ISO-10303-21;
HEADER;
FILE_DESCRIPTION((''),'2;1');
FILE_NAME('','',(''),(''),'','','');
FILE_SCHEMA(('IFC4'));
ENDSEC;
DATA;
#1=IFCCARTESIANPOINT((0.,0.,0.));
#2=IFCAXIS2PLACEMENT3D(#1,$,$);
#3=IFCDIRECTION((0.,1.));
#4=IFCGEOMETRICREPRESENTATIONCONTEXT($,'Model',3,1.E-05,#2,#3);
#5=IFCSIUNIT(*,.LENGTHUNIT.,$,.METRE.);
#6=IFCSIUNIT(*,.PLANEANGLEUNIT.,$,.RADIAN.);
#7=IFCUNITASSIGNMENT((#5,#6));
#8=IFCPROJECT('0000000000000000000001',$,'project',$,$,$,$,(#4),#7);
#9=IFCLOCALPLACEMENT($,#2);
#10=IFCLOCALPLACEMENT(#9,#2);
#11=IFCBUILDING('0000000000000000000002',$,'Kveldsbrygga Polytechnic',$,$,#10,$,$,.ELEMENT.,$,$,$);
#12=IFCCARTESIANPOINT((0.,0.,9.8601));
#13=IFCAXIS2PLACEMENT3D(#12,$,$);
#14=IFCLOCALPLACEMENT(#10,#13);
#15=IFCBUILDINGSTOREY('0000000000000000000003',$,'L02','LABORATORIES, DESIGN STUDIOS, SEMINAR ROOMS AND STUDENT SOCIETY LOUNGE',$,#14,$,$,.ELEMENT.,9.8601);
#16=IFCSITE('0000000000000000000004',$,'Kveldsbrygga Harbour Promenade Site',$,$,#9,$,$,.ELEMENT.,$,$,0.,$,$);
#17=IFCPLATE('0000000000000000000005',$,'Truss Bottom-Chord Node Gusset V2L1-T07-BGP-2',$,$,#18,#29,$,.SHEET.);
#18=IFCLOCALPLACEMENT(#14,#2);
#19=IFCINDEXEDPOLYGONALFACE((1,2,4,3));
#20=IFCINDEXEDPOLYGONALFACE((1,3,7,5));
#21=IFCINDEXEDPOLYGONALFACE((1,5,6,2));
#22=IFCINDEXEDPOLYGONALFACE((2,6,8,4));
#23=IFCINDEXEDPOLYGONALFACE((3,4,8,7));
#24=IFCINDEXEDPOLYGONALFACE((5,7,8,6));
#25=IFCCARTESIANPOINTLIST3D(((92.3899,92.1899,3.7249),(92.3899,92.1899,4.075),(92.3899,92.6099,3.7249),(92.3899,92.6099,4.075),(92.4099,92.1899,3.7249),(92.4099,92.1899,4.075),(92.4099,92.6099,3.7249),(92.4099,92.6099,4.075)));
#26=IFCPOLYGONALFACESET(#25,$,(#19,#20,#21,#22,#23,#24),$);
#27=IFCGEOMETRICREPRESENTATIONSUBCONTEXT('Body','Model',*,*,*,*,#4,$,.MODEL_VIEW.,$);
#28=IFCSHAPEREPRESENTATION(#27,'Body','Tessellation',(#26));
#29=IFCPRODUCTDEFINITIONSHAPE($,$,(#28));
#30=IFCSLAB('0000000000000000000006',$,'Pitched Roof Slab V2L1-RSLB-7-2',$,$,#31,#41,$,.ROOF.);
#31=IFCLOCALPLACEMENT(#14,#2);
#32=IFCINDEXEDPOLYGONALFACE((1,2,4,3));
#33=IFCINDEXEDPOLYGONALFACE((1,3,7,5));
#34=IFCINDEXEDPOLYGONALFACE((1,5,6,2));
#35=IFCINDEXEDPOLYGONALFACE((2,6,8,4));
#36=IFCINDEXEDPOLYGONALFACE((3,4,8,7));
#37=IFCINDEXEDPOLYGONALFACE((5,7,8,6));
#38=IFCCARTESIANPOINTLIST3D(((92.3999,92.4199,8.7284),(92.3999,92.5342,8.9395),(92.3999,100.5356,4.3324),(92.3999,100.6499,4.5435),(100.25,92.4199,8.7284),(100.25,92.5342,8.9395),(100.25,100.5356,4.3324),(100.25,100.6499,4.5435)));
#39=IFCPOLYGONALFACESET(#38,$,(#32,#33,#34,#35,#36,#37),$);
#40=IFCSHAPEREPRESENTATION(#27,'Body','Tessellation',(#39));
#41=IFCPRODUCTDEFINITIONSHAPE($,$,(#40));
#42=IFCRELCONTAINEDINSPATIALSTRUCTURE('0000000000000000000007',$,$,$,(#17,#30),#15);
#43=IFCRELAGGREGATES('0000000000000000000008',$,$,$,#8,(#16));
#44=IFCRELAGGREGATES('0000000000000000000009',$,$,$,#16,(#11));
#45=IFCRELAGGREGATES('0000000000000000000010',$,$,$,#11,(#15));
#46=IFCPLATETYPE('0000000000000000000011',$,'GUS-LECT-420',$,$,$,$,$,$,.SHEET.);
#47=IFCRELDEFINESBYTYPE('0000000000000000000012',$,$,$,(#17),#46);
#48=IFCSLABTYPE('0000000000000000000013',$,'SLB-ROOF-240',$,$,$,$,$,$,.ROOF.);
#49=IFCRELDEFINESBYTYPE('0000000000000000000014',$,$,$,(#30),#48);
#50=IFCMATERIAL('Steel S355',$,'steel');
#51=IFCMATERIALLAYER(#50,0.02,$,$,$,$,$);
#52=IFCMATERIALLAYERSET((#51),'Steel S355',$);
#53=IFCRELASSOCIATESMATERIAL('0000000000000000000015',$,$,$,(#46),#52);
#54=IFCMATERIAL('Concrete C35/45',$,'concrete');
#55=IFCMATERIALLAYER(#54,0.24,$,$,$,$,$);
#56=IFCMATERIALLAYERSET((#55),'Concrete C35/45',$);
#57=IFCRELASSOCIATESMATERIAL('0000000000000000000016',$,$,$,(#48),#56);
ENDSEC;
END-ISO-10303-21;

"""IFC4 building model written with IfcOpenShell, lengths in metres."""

from ifc_helpers import new_model, si_unit, direction, frame, origin, origin_2d, place, context, subcontext, project, spatial, polyline, rectangle, outline, extrude, material, layer, layer_set, type_object, element, save


model = new_model("IFC4")

# Units and contexts
model_context = context("Model", 3, precision=1e-05, world=origin(), true_north=direction((0.0, 1.0)))
body_context = subcontext(model_context, "Body", "Model", "MODEL_VIEW")
ifc_project = project(units=[si_unit("LENGTHUNIT", "METRE"), si_unit("PLANEANGLEUNIT", "RADIAN")], contexts=[model_context])

# Site, building, storey
site_placement = place(None, origin())
site = spatial("IfcSite", under=ifc_project, at=site_placement, Name="Kveldsbrygga Harbour Promenade Site", CompositionType="ELEMENT", RefElevation=0.0)
building_placement = place(site_placement, origin())
building = spatial("IfcBuilding", under=site, at=building_placement, Name="Kveldsbrygga Polytechnic", CompositionType="ELEMENT")
storey_placement = place(building_placement, frame((0.0, 0.0, 9.8601)))
storey = spatial("IfcBuildingStorey", under=building, at=storey_placement, Name="L02", Description="LABORATORIES, DESIGN STUDIOS, SEMINAR ROOMS AND STUDENT SOCIETY LOUNGE", CompositionType="ELEMENT", Elevation=9.8601)

# Shared definitions
ifc_material_1 = material(Name="Steel S355", Category="steel")

# Plate
ifc_layer_1 = layer(ifc_material_1, 0.02)
ifc_layer_set_1 = layer_set([ifc_layer_1], Name="Steel S355")
plate_type_1 = type_object("IfcPlateType", Name="GUS-LECT-420", PredefinedType="SHEET", material=ifc_layer_set_1)
for number, where, z_axis, x_axis, name in (
    (1, (92.3999, 92.3999, 3.7249), (0.0, 0.0, 1.0), (1.0, 0.0, 0.0), "Truss Bottom-Chord Node Gusset V2L1-T07-BGP-2"),
):
    element("IfcPlate", number, at=place(storey_placement, frame(where, z_axis=z_axis, x_axis=x_axis)), inside=storey, type_object=plate_type_1, Name=name, PredefinedType="SHEET", context=body_context, shape_type="SweptSolid", body=[
        extrude(rectangle(XDim=0.02, YDim=0.4199, at=origin_2d()), origin(), (0.0, 0.0, 1.0), 0.3501),
    ])

# Slab
ifc_material_2 = material(Name="Concrete C35/45", Category="concrete")
ifc_layer_2 = layer(ifc_material_2, 0.24)
ifc_layer_set_2 = layer_set([ifc_layer_2], Name="Concrete C35/45")
slab_type = type_object("IfcSlabType", Name="SLB-ROOF-240", PredefinedType="ROOF", material=ifc_layer_set_2)
slab_placement = place(storey_placement, frame((92.3999, 92.5342, 8.9395), z_axis=(0.0, 0.476281, 0.879293), x_axis=(1.0, 0.0, 0.0)))
element("IfcSlab", 2, at=slab_placement, inside=storey, type_object=slab_type, Name="Pitched Roof Slab V2L1-RSLB-7-2", PredefinedType="ROOF", context=body_context, shape_type="SweptSolid", body=[
    extrude(outline(polyline([(0.0, 0.0), (7.8501, 0.0), (7.8501, 9.2298), (0.0, 9.2298), (0.0, 0.0)])), origin(), (0.0, 0.0, -1.0), 0.24),
])

save(model, "model.ifc")
